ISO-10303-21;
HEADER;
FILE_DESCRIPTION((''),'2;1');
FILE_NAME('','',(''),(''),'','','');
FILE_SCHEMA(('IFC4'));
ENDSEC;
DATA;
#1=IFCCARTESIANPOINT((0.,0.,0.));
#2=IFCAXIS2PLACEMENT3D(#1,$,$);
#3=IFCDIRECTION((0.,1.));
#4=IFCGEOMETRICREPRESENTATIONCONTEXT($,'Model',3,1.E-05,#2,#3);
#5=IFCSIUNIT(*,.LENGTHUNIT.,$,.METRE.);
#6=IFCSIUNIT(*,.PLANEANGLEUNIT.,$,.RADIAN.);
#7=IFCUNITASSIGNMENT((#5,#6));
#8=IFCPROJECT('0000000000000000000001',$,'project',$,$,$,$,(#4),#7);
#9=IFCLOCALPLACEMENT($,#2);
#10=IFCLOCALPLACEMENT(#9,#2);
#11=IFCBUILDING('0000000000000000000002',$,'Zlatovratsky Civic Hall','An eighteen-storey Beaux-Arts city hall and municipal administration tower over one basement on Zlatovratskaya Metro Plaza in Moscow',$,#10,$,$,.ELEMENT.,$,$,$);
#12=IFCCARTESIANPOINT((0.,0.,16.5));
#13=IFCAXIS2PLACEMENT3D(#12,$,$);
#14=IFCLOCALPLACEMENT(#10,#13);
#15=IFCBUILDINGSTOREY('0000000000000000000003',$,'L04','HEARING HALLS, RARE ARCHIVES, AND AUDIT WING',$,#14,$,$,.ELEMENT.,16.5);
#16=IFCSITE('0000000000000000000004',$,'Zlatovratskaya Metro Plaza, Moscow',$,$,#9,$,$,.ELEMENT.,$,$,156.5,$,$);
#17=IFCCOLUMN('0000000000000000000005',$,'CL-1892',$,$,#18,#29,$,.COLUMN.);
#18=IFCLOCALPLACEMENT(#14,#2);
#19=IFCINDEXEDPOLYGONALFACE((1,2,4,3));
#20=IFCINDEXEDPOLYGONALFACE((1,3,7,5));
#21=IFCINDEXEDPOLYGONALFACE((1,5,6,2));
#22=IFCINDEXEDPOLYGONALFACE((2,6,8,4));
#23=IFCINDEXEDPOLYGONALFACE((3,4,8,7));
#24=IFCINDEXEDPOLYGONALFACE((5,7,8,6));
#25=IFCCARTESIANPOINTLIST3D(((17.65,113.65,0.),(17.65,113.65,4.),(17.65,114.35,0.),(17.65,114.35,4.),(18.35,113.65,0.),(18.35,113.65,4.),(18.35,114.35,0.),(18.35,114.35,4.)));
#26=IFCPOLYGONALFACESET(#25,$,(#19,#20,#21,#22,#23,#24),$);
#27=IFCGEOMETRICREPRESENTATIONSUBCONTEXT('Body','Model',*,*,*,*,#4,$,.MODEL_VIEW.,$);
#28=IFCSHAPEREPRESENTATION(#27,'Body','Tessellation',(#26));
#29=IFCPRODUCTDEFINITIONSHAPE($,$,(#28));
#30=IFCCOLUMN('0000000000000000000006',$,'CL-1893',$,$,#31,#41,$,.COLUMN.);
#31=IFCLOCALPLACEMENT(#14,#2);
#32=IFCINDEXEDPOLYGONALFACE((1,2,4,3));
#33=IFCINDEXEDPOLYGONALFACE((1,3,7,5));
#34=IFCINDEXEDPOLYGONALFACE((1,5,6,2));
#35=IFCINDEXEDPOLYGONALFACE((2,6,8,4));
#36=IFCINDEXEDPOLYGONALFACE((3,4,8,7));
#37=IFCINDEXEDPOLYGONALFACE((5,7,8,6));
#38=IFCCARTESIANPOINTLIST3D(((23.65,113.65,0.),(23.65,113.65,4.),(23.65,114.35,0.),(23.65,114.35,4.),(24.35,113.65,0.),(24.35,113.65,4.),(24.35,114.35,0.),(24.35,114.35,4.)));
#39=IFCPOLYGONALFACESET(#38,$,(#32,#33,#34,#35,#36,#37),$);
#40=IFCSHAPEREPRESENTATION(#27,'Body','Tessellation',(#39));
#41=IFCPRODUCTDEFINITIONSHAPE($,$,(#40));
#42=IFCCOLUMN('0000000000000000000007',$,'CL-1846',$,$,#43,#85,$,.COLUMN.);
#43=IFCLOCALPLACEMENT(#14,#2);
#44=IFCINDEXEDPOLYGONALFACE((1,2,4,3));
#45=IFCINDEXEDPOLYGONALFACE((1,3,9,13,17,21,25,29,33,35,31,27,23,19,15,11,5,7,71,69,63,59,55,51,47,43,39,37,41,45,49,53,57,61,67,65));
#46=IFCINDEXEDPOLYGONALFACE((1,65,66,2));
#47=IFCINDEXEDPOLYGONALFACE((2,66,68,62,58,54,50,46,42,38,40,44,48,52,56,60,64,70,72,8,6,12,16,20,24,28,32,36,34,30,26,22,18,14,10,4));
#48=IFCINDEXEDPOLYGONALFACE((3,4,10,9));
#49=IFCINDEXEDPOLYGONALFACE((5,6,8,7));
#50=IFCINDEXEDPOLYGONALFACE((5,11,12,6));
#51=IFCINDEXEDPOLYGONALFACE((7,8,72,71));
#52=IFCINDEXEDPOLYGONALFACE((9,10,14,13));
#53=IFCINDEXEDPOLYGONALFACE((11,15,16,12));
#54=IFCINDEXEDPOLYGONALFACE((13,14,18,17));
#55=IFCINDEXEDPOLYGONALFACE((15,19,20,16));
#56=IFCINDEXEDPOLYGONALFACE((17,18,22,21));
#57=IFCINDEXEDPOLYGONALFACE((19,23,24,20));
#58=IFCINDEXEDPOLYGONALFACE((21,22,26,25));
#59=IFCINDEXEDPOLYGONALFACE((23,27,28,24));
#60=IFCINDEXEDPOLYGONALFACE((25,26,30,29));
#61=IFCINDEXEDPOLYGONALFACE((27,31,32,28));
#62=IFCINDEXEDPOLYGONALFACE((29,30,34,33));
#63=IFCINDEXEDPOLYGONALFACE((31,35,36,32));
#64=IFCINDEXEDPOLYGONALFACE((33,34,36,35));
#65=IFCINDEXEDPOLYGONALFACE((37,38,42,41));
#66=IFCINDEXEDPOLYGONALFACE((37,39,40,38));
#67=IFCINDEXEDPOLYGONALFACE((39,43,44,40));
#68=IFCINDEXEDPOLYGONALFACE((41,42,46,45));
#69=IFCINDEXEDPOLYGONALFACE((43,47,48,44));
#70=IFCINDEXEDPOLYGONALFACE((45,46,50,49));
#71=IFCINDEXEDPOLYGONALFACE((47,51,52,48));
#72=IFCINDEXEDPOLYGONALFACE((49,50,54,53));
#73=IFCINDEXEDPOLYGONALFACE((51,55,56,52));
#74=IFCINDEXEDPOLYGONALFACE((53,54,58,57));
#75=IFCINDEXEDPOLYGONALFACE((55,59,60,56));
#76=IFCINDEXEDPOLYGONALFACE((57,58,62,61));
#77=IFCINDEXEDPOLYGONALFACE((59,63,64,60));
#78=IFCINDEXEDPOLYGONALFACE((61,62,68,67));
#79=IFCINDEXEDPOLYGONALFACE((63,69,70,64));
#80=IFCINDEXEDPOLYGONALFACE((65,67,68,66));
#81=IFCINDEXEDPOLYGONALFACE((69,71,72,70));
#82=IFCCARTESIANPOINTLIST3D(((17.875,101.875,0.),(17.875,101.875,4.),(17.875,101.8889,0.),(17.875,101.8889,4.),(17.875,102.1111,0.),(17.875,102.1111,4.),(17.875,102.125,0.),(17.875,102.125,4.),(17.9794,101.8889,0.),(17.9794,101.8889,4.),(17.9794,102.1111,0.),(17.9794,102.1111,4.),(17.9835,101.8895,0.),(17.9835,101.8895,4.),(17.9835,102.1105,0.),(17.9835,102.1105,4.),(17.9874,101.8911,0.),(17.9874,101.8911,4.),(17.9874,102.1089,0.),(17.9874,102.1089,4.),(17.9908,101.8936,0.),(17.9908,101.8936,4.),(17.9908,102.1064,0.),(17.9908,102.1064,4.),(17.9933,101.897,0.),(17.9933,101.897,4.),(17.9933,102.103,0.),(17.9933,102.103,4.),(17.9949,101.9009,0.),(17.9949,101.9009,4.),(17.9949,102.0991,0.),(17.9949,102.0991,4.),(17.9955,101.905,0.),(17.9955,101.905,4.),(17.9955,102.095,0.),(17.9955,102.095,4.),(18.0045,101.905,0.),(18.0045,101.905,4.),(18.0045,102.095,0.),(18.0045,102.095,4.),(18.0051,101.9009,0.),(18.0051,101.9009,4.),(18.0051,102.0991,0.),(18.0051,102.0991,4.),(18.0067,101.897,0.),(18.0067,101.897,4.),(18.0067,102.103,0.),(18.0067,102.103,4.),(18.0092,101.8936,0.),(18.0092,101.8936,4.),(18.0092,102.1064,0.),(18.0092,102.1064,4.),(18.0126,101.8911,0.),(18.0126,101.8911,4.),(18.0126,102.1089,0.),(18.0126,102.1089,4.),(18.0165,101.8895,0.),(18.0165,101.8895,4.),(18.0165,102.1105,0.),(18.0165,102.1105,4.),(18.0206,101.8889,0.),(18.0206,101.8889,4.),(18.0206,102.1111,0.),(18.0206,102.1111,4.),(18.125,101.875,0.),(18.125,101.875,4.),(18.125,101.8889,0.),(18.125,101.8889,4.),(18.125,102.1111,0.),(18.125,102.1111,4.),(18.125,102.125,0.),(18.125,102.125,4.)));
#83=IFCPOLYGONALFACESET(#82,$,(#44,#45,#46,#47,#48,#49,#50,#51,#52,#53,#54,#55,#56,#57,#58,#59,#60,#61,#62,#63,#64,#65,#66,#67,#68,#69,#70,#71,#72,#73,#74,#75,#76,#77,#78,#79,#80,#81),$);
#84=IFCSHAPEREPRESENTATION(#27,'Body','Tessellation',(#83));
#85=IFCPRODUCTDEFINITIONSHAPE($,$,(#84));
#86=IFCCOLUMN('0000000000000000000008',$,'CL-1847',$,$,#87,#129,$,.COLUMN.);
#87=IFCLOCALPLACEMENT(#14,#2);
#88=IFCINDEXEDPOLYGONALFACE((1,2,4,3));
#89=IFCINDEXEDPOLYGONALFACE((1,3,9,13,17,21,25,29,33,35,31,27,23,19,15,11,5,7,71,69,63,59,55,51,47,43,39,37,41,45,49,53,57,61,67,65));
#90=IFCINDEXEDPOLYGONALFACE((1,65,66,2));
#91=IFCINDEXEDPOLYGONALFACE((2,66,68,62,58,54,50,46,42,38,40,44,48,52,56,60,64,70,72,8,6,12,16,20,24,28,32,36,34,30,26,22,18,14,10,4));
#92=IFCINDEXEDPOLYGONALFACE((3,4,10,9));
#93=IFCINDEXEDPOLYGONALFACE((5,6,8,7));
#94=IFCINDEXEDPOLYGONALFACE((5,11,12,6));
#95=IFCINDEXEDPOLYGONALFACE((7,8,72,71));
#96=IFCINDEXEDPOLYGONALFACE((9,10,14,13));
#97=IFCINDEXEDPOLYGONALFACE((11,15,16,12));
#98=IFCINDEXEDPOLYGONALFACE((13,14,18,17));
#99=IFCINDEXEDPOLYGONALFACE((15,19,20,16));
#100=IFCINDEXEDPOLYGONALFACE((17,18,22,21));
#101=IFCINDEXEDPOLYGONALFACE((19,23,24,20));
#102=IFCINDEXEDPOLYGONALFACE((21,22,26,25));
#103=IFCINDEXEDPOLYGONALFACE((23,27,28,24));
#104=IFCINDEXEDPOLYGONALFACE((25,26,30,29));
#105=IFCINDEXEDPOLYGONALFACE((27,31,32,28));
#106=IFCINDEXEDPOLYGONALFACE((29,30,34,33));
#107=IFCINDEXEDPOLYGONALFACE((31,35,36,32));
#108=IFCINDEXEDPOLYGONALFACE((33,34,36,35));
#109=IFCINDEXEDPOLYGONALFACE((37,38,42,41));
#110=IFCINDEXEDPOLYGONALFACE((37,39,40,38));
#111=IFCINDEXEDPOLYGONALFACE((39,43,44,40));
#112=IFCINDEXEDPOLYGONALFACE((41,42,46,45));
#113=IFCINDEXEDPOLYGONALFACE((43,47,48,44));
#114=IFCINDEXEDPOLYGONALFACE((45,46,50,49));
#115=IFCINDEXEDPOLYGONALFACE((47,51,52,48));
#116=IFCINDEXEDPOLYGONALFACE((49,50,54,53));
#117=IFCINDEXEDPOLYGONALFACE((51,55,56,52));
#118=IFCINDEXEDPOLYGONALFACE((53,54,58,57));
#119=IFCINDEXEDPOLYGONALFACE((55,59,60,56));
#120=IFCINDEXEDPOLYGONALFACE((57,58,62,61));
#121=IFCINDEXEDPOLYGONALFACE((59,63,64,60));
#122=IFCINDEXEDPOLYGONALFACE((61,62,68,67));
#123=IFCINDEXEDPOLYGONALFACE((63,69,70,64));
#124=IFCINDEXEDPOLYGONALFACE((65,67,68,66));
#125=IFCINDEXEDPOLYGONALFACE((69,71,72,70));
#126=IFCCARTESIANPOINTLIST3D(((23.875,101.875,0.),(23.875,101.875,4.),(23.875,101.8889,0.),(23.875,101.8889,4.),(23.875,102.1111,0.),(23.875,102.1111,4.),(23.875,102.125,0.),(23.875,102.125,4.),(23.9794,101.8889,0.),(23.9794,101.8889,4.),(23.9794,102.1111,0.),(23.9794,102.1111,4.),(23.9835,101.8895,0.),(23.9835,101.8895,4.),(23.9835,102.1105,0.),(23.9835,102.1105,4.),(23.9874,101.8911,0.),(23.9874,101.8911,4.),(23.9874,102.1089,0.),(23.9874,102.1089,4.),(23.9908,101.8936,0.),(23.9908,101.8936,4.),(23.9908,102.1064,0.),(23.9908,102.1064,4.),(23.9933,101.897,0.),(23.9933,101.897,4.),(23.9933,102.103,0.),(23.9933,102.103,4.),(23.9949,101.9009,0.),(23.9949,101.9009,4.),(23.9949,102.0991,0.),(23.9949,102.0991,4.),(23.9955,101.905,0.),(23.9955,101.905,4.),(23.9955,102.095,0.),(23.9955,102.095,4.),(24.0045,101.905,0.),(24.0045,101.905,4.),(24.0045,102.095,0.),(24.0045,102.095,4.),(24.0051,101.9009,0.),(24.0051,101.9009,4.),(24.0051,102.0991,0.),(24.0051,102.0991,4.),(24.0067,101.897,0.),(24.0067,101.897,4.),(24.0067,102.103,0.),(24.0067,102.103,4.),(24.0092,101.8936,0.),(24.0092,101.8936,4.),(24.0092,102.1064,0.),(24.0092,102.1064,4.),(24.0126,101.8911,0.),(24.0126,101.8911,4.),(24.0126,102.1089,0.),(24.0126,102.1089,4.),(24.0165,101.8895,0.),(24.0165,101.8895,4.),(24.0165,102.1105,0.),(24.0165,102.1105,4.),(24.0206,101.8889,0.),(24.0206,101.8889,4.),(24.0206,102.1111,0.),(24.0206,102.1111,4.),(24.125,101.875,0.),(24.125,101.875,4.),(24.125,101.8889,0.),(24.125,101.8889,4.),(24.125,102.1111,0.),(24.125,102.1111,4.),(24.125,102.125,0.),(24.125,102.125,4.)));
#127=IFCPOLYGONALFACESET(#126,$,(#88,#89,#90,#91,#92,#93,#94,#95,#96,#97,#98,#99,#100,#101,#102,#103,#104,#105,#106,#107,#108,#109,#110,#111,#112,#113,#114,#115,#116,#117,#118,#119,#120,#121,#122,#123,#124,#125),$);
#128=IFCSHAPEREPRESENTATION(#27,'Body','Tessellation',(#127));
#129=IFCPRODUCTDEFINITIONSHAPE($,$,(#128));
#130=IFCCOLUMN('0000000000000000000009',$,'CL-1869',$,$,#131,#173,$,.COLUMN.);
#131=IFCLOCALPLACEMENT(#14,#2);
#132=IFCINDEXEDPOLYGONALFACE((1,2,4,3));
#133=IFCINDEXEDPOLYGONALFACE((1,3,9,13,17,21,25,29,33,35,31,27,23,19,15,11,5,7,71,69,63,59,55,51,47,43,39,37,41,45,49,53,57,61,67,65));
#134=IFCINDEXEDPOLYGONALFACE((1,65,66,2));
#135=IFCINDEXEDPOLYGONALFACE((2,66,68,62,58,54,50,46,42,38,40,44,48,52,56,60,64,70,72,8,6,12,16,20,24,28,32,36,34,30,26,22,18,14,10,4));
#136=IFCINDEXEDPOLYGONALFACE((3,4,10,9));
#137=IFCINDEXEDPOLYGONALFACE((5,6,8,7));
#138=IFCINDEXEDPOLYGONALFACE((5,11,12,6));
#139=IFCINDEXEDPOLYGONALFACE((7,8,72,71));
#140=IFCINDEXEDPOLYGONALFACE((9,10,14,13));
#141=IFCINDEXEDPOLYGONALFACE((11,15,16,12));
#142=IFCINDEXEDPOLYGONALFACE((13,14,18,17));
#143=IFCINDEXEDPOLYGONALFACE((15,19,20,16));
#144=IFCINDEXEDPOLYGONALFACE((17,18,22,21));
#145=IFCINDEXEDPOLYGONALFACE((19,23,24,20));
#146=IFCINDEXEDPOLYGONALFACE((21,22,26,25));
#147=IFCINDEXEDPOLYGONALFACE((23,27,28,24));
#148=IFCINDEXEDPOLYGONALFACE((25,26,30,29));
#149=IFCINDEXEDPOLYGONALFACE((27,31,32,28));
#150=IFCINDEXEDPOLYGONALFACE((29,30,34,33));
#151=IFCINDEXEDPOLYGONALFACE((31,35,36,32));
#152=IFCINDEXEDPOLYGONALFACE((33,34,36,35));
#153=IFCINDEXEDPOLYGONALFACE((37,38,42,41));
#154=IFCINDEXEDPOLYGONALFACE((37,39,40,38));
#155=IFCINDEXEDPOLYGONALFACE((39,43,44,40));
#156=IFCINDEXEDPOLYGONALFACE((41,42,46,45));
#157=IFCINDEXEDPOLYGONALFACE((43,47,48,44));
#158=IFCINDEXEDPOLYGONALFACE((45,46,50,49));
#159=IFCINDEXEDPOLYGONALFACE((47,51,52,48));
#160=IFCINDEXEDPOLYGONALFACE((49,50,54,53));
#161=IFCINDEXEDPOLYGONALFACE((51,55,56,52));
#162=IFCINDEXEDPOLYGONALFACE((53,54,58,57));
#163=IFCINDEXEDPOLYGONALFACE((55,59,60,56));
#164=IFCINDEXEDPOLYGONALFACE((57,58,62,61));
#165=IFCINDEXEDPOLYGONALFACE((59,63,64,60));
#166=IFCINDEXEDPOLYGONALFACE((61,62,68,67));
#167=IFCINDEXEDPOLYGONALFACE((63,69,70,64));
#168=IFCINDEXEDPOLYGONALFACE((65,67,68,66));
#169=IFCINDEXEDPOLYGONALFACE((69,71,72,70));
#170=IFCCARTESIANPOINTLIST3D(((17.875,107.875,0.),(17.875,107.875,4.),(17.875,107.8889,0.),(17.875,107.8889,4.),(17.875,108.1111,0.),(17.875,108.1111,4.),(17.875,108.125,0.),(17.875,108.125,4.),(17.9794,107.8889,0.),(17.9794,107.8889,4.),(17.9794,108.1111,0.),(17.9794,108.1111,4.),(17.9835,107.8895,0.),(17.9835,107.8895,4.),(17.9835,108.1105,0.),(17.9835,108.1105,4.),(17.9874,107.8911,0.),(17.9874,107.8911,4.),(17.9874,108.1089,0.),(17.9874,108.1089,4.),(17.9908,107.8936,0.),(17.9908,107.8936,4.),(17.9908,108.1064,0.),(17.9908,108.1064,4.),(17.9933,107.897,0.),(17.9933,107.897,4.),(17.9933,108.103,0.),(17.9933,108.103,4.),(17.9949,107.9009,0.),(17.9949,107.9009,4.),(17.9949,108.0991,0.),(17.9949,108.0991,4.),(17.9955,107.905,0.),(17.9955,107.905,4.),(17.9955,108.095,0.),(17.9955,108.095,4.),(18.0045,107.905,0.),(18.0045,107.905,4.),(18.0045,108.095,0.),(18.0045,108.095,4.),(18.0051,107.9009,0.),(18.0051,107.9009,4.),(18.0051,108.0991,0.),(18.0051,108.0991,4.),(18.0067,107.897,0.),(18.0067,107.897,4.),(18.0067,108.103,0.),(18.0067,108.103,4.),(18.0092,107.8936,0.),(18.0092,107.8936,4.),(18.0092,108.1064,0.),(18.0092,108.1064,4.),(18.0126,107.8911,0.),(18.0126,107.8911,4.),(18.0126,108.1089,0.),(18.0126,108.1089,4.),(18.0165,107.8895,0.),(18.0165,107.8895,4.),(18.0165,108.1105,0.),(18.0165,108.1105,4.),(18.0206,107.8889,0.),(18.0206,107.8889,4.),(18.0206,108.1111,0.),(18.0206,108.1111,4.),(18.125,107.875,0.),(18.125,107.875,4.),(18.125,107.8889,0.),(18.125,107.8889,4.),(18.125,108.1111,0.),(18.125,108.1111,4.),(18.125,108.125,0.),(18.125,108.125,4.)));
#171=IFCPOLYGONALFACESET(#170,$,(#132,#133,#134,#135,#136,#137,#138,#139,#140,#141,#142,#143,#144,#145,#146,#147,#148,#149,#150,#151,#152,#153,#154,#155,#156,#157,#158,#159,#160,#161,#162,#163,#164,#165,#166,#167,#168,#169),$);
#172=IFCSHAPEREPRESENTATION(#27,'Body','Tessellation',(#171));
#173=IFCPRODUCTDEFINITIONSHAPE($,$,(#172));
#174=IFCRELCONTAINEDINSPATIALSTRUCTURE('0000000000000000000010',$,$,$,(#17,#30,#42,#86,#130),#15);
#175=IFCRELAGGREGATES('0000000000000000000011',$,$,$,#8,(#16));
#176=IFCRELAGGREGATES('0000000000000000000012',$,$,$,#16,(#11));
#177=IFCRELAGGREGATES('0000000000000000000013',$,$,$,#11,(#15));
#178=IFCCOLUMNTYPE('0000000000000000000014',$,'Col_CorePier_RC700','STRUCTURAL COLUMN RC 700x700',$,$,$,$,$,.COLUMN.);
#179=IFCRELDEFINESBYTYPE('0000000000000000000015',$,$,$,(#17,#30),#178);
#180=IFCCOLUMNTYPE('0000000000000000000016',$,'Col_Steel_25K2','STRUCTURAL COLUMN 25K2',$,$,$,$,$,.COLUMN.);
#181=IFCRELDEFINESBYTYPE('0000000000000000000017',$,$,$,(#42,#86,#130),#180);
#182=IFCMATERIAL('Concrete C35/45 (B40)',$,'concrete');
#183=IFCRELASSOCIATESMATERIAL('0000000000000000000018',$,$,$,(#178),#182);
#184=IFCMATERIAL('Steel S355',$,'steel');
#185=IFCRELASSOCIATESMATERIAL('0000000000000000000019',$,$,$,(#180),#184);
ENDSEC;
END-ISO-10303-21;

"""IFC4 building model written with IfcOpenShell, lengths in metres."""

from ifc_helpers import new_model, si_unit, direction, frame, origin, origin_2d, place, context, subcontext, project, spatial, rectangle, i_section, extrude, material, material_profile, profile_set, type_object, element, save


model = new_model("IFC4")

# Units and contexts
model_context = context("Model", 3, precision=1e-05, world=origin(), true_north=direction((0.0, 1.0)))
body_context = subcontext(model_context, "Body", "Model", "MODEL_VIEW")
ifc_project = project(units=[si_unit("LENGTHUNIT", "METRE"), si_unit("PLANEANGLEUNIT", "RADIAN")], contexts=[model_context])

# Site, building, storey
site_placement = place(None, origin())
site = spatial("IfcSite", under=ifc_project, at=site_placement, Name="Zlatovratskaya Metro Plaza, Moscow", CompositionType="ELEMENT", RefElevation=156.5)
building_placement = place(site_placement, origin())
building = spatial("IfcBuilding", under=site, at=building_placement, Name="Zlatovratsky Civic Hall", Description="An eighteen-storey Beaux-Arts city hall and municipal administration tower over one basement on Zlatovratskaya Metro Plaza in Moscow", CompositionType="ELEMENT")
storey_placement = place(building_placement, frame((0.0, 0.0, 16.5)))
storey = spatial("IfcBuildingStorey", under=building, at=storey_placement, Name="L04", Description="HEARING HALLS, RARE ARCHIVES, AND AUDIT WING", CompositionType="ELEMENT", Elevation=16.5)

# Columns
ifc_material_1 = material(Name="Concrete C35/45 (B40)", Category="concrete")
ifc_material_profile_1 = material_profile(ifc_material_1, rectangle(XDim=0.7, YDim=0.7, at=origin_2d()), Name="RC 700x700")
ifc_profile_set_1 = profile_set([ifc_material_profile_1], Name="Concrete C35/45 (B40)")
column_type_1 = type_object("IfcColumnType", Name="Col_CorePier_RC700", Description="STRUCTURAL COLUMN RC 700x700", PredefinedType="COLUMN", material=ifc_profile_set_1)
for number, where, z_axis, x_axis, name in (
    (1, (18.0, 114.0, 0.0), (0.0, 0.0, 1.0), (1.0, 0.0, 0.0), "CL-1892"),
    (2, (24.0, 114.0, 0.0), (0.0, 0.0, 1.0), (1.0, 0.0, 0.0), "CL-1893"),
):
    element("IfcColumn", number, at=place(storey_placement, frame(where, z_axis=z_axis, x_axis=x_axis)), inside=storey, type_object=column_type_1, Name=name, PredefinedType="COLUMN", context=body_context, shape_type="SweptSolid", body=[
        extrude(rectangle(XDim=0.7, YDim=0.7, at=origin_2d()), origin(), (0.0, 0.0, 1.0), 4.0),
    ])
ifc_material_2 = material(Name="Steel S355", Category="steel")
ifc_material_profile_2 = material_profile(ifc_material_2, i_section(OverallWidth=0.25, OverallDepth=0.25, WebThickness=0.009, FlangeThickness=0.0139, FilletRadius=0.0161, at=origin_2d()), Name="25K2")
ifc_profile_set_2 = profile_set([ifc_material_profile_2], Name="Steel S355")
column_type_2 = type_object("IfcColumnType", Name="Col_Steel_25K2", Description="STRUCTURAL COLUMN 25K2", PredefinedType="COLUMN", material=ifc_profile_set_2)
for number, where, z_axis, x_axis, name in (
    (3, (18.0, 102.0, 0.0), (0.0, 0.0, 1.0), (1.0, 0.0, 0.0), "CL-1846"),
    (4, (24.0, 102.0, 0.0), (0.0, 0.0, 1.0), (1.0, 0.0, 0.0), "CL-1847"),
    (5, (18.0, 108.0, 0.0), (0.0, 0.0, 1.0), (1.0, 0.0, 0.0), "CL-1869"),
):
    element("IfcColumn", number, at=place(storey_placement, frame(where, z_axis=z_axis, x_axis=x_axis)), inside=storey, type_object=column_type_2, Name=name, PredefinedType="COLUMN", context=body_context, shape_type="SweptSolid", body=[
        extrude(i_section(OverallWidth=0.25, OverallDepth=0.25, WebThickness=0.009, FlangeThickness=0.0139, FilletRadius=0.0161, at=origin_2d()), origin(), (0.0, 0.0, 1.0), 4.0),
    ])

save(model, "model.ifc")
